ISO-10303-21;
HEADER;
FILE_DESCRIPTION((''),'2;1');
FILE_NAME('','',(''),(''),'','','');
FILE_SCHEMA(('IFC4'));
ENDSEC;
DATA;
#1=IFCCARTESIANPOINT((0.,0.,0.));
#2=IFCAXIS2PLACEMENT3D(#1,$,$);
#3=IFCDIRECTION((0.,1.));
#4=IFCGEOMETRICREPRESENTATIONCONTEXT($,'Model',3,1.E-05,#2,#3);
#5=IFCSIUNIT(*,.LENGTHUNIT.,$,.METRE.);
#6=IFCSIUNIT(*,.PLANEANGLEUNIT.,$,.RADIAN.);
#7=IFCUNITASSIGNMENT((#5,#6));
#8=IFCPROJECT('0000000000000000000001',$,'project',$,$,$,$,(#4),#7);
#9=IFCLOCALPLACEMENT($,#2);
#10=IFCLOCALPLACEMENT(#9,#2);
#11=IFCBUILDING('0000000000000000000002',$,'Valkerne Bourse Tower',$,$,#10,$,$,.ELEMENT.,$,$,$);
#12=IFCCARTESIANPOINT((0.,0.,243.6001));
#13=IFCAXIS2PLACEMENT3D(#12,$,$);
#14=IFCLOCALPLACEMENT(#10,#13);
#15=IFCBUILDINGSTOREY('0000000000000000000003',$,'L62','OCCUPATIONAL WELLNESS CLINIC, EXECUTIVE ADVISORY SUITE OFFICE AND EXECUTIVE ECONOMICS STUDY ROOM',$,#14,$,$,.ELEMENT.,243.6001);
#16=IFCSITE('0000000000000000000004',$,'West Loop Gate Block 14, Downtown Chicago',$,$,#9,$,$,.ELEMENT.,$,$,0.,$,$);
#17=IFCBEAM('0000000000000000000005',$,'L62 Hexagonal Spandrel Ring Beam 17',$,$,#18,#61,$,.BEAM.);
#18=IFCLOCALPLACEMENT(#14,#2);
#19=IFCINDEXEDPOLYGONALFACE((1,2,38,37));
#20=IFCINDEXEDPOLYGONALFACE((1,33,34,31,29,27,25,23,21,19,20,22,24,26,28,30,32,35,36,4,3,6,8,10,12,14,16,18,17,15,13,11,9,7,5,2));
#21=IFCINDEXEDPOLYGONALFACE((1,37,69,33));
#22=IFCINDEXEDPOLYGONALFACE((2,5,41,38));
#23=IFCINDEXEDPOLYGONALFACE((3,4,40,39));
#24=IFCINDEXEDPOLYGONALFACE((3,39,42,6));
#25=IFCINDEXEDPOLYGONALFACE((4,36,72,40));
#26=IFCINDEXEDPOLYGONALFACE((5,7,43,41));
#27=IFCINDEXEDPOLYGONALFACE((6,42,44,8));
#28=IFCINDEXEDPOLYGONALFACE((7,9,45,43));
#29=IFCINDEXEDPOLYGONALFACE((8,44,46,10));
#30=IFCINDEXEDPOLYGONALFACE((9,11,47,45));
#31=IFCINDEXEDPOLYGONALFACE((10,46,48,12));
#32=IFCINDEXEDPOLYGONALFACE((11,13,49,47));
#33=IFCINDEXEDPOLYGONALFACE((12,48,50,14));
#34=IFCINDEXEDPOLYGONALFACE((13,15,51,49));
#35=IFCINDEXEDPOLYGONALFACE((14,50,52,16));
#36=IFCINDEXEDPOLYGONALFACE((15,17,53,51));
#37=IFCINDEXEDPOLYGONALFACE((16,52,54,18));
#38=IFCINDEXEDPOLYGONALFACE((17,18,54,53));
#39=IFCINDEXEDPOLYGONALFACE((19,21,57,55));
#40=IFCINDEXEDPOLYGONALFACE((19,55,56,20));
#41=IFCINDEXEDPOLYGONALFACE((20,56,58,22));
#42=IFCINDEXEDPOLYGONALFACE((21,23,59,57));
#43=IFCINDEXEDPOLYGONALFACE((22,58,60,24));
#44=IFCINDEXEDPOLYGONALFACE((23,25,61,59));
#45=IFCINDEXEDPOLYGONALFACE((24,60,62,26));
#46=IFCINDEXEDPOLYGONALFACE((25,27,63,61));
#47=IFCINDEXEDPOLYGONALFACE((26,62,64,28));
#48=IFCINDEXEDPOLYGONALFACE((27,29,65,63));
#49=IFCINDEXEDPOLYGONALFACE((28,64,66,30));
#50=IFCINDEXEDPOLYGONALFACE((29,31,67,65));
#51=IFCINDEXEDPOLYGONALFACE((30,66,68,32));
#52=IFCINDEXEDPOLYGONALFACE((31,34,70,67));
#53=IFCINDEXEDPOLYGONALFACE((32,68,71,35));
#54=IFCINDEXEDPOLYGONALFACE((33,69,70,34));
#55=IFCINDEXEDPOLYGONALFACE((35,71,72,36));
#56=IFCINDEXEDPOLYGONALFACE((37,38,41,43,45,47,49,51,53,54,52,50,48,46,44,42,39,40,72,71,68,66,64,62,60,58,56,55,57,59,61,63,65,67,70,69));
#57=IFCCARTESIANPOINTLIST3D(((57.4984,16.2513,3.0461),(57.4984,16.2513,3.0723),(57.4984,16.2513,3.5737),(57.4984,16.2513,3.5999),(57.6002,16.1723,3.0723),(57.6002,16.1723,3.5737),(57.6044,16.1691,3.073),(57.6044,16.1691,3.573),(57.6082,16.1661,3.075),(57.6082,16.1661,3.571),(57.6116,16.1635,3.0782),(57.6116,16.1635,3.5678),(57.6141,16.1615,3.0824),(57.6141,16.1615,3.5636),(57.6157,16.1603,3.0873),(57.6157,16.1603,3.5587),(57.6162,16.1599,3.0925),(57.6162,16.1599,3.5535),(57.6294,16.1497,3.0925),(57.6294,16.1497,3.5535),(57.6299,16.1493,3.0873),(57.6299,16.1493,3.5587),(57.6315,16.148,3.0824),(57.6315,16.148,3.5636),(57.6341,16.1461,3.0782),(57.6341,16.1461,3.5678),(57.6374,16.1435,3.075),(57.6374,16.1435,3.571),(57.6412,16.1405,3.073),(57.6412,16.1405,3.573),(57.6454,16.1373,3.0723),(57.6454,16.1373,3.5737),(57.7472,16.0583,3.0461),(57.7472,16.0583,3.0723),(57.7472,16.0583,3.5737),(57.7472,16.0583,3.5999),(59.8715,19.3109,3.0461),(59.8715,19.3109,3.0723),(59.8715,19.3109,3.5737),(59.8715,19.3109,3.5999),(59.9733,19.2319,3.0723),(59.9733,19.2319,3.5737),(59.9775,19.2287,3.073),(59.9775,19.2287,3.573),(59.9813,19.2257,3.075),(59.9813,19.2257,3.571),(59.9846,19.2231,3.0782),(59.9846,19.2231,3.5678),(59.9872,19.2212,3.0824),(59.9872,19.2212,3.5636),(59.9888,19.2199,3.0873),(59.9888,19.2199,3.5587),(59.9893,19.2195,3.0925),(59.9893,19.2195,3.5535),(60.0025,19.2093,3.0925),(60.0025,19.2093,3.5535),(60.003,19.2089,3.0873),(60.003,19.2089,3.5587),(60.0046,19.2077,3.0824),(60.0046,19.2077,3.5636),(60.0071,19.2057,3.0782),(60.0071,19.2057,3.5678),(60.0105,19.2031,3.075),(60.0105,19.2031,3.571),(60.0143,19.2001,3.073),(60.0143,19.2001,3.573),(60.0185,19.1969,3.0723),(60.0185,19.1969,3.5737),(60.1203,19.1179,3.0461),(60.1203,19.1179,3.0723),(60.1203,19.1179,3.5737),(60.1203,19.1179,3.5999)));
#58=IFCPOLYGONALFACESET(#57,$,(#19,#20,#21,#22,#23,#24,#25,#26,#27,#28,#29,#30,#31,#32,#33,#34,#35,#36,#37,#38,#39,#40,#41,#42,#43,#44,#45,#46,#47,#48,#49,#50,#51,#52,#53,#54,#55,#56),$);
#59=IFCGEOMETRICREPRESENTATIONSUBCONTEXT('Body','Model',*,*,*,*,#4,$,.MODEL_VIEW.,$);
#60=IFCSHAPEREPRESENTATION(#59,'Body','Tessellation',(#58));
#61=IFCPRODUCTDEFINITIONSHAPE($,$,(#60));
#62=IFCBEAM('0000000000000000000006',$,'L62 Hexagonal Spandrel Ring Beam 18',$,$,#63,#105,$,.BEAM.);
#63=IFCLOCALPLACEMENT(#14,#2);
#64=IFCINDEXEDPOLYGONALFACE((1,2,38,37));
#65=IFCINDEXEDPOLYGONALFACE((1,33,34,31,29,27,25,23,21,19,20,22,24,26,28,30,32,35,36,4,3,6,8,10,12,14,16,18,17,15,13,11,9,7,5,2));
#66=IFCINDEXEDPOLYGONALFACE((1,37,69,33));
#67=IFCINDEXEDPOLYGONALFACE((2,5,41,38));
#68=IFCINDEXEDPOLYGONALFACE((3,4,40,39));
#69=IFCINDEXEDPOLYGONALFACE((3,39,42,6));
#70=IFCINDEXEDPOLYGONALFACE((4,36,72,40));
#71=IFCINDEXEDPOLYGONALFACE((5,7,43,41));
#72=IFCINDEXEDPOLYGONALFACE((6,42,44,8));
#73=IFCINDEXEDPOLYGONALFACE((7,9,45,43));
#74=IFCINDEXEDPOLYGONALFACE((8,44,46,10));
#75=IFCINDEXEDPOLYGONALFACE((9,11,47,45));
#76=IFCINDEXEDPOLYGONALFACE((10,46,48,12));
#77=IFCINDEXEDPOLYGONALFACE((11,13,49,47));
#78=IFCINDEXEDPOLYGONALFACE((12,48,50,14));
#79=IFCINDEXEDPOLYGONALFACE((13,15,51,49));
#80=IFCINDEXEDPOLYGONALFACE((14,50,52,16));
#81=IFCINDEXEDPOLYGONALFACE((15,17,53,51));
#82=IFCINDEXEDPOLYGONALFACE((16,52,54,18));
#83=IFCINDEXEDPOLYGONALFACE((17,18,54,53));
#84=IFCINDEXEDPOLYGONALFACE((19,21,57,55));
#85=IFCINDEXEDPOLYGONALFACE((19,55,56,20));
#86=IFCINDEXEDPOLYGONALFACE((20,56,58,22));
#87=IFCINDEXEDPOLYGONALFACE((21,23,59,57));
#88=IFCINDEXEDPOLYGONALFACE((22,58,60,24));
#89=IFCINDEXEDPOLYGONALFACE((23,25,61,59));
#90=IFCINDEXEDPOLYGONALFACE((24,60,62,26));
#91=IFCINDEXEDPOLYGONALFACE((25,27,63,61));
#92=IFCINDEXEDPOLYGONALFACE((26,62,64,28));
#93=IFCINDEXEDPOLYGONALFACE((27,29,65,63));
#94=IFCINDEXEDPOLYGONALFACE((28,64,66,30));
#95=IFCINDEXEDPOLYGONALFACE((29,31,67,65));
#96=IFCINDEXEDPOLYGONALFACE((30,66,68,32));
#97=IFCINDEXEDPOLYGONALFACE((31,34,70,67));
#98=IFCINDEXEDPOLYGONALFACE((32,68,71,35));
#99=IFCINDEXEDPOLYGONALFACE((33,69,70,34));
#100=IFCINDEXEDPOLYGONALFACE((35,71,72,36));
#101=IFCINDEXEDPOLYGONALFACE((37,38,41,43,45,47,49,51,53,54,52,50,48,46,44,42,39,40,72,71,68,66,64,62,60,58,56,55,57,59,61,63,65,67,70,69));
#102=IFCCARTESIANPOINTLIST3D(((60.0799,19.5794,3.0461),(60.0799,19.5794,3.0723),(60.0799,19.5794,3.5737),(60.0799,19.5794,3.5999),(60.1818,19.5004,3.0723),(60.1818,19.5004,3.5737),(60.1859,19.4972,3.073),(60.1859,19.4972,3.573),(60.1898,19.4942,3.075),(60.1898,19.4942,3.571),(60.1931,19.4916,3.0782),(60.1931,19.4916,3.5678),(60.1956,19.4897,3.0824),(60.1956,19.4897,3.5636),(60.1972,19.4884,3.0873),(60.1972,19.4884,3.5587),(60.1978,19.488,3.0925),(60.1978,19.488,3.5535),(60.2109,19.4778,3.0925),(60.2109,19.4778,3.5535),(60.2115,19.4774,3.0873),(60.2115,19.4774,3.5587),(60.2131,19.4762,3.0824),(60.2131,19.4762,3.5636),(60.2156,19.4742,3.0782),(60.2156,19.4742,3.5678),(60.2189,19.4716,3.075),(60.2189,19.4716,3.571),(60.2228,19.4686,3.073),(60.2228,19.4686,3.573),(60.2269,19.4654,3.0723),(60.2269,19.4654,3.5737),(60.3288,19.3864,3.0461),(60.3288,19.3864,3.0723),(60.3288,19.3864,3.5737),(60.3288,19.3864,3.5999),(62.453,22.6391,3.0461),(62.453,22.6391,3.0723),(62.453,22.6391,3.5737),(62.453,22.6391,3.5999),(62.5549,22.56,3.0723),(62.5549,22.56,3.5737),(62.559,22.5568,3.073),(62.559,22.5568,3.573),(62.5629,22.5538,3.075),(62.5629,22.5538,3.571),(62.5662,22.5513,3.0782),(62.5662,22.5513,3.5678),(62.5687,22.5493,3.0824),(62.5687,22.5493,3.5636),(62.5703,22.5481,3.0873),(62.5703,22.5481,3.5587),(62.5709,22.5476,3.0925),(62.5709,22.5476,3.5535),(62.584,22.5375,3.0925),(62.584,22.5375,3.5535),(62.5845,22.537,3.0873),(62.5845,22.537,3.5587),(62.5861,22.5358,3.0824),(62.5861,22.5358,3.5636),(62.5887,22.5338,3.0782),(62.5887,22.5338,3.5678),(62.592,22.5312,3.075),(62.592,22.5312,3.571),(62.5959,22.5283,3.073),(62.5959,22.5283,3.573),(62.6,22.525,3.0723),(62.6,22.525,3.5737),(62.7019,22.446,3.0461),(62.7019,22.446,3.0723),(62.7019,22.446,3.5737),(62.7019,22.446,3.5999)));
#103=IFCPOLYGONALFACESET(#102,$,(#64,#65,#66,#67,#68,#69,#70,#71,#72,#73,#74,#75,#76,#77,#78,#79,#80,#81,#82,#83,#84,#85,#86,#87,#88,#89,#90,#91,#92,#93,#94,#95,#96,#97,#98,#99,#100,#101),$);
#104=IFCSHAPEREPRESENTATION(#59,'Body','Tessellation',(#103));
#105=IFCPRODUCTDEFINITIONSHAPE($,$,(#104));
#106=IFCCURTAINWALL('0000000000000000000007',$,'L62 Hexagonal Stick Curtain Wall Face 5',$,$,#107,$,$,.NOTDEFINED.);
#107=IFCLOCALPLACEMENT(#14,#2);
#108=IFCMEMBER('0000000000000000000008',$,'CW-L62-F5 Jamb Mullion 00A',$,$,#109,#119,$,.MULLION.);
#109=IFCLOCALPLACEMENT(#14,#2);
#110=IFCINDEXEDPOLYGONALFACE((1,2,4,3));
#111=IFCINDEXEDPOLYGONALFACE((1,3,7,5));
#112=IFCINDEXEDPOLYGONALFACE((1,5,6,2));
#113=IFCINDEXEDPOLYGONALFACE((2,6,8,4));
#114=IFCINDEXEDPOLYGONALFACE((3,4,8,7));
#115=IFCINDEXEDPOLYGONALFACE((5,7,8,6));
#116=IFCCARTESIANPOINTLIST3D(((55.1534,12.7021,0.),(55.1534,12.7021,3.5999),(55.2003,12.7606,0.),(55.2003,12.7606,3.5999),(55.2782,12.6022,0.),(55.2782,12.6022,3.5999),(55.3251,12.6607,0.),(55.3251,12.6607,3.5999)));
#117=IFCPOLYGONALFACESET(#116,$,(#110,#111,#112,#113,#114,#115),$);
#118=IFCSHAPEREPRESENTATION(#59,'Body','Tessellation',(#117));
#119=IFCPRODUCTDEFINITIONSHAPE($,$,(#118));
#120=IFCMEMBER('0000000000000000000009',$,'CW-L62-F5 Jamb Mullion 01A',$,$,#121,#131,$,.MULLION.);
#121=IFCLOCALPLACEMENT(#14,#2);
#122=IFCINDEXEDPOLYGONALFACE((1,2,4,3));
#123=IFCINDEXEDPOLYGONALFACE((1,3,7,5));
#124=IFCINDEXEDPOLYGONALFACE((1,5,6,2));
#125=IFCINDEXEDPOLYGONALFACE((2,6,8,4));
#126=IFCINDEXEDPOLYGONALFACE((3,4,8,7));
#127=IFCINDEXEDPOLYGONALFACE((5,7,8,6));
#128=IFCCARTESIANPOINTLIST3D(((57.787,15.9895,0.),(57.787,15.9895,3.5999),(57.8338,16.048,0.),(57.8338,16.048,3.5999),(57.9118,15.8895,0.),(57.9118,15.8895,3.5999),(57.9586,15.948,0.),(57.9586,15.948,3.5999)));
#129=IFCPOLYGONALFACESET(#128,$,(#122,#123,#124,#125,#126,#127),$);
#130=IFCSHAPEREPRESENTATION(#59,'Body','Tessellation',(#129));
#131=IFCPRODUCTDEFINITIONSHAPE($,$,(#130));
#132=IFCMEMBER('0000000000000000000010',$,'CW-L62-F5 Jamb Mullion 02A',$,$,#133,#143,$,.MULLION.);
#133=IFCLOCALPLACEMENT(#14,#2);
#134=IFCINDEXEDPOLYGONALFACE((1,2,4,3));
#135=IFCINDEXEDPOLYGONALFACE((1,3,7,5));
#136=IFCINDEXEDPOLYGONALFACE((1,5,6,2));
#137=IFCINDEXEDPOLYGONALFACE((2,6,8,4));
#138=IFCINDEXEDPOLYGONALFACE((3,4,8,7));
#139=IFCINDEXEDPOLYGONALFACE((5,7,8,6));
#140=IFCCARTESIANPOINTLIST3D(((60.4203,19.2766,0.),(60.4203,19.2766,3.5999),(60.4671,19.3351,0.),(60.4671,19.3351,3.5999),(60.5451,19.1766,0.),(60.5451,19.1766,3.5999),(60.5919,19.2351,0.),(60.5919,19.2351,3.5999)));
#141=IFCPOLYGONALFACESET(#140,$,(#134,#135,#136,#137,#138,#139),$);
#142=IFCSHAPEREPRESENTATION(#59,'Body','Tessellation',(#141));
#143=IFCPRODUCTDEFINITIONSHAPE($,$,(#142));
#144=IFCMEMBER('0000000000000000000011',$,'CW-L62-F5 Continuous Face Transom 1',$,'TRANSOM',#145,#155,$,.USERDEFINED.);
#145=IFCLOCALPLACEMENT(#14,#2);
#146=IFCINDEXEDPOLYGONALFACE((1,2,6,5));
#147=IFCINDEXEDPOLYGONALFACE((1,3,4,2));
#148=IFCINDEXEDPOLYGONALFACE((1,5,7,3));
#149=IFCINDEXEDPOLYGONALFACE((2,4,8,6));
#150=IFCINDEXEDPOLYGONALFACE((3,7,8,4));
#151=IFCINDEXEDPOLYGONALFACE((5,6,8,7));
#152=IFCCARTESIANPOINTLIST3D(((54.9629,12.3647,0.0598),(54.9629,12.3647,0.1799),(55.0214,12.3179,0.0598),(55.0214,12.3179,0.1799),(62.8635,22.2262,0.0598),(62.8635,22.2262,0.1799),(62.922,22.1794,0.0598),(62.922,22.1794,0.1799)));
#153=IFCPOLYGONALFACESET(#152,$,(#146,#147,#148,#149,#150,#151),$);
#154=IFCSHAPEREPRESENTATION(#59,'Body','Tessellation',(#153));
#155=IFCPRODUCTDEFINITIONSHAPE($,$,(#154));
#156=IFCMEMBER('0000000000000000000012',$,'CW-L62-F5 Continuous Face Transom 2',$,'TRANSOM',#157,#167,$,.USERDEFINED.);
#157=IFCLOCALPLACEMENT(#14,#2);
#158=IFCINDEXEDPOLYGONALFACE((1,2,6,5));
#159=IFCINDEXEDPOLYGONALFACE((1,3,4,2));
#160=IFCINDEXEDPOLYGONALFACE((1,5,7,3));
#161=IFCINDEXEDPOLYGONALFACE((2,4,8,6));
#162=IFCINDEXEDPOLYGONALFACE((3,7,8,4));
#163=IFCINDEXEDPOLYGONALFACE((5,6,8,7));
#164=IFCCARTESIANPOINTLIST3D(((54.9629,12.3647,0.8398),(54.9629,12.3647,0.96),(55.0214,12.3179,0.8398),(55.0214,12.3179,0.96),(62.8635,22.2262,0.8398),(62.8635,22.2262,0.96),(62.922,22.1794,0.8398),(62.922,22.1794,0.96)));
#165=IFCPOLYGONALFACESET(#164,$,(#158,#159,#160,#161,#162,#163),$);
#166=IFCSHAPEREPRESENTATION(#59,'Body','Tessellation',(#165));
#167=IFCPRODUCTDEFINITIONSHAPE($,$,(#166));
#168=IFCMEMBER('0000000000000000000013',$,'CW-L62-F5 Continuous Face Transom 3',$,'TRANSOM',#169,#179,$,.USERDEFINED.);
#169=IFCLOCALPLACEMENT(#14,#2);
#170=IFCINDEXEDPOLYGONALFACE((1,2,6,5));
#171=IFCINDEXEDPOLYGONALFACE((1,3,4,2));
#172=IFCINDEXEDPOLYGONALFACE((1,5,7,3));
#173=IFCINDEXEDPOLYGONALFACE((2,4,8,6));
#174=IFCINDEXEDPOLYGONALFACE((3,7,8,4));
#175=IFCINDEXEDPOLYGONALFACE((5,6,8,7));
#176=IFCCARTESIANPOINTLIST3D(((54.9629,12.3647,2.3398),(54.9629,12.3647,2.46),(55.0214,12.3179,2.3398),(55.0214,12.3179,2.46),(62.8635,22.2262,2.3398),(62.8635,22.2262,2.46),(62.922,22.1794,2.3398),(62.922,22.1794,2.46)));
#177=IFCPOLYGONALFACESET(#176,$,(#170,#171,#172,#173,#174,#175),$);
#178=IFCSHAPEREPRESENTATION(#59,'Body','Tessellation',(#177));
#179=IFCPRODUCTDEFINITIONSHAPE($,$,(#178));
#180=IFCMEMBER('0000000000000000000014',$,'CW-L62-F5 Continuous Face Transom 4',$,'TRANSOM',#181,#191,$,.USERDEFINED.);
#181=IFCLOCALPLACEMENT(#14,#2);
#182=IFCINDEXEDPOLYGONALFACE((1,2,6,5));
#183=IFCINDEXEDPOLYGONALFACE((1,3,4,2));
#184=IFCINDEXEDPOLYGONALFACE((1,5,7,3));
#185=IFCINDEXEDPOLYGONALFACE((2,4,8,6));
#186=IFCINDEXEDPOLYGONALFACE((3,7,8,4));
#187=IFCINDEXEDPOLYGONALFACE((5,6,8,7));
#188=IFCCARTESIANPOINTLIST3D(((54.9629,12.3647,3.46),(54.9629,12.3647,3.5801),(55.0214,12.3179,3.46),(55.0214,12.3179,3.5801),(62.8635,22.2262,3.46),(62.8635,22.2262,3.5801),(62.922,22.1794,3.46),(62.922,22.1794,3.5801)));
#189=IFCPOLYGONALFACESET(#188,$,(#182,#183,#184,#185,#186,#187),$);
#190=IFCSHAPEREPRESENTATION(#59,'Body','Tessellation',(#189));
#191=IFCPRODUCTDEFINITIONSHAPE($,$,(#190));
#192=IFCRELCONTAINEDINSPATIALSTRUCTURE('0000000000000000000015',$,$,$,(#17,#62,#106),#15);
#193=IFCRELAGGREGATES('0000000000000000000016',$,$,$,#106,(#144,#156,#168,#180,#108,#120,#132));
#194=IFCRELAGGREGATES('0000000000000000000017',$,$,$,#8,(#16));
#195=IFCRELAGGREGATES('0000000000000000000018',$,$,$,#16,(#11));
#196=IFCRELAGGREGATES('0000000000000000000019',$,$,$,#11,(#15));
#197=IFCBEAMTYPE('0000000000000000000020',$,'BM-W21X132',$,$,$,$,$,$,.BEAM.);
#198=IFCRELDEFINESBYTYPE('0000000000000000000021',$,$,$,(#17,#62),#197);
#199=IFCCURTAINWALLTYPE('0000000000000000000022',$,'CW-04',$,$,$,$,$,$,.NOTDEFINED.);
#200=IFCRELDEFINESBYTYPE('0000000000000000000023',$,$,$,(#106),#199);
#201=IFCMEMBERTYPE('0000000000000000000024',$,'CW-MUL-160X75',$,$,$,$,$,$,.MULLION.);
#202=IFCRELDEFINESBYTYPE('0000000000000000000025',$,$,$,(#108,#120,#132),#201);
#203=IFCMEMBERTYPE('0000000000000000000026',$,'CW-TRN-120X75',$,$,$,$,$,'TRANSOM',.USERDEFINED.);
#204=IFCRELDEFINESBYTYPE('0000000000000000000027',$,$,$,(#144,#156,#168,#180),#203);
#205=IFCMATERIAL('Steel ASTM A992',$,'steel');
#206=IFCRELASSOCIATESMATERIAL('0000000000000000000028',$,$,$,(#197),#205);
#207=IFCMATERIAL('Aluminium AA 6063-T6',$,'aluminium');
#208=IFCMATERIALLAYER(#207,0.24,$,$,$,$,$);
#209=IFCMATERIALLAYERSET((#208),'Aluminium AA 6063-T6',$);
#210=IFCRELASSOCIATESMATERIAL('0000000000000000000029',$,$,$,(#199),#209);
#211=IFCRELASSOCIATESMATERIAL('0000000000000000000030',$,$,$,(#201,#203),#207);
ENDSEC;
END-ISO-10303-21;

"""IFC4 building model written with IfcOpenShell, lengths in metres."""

from ifc_helpers import new_model, si_unit, direction, frame, origin, origin_2d, place, context, subcontext, project, spatial, rectangle, i_section, extrude, material, layer, layer_set, material_profile, profile_set, type_object, element, aggregate, save


model = new_model("IFC4")

# Units and contexts
model_context = context("Model", 3, precision=1e-05, world=origin(), true_north=direction((0.0, 1.0)))
body_context = subcontext(model_context, "Body", "Model", "MODEL_VIEW")
ifc_project = project(units=[si_unit("LENGTHUNIT", "METRE"), si_unit("PLANEANGLEUNIT", "RADIAN")], contexts=[model_context])

# Site, building, storey
site_placement = place(None, origin())
site = spatial("IfcSite", under=ifc_project, at=site_placement, Name="West Loop Gate Block 14, Downtown Chicago", CompositionType="ELEMENT", RefElevation=0.0)
building_placement = place(site_placement, origin())
building = spatial("IfcBuilding", under=site, at=building_placement, Name="Valkerne Bourse Tower", CompositionType="ELEMENT")
storey_placement = place(building_placement, frame((0.0, 0.0, 243.6001)))
storey = spatial("IfcBuildingStorey", under=building, at=storey_placement, Name="L62", Description="OCCUPATIONAL WELLNESS CLINIC, EXECUTIVE ADVISORY SUITE OFFICE AND EXECUTIVE ECONOMICS STUDY ROOM", CompositionType="ELEMENT", Elevation=243.6001)

# Beams
ifc_material_1 = material(Name="Steel ASTM A992", Category="steel")
ifc_material_profile_1 = material_profile(ifc_material_1, i_section(OverallWidth=0.3149, OverallDepth=0.5537, WebThickness=0.0166, FlangeThickness=0.0261, FilletRadius=0.0203, at=origin_2d()), Name="W21X132")
ifc_profile_set_1 = profile_set([ifc_material_profile_1], Name="Steel ASTM A992")
beam_type = type_object("IfcBeamType", Name="BM-W21X132", PredefinedType="BEAM", material=ifc_profile_set_1)
for number, where, z_axis, x_axis, name in (
    (1, (57.6228, 16.1548, 3.323), (0.612875, 0.79018, 0.0), (-0.79018, 0.612875, 0.0), "L62 Hexagonal Spandrel Ring Beam 17"),
    (2, (60.2043, 19.4829, 3.323), (0.612875, 0.79018, 0.0), (-0.79018, 0.612875, 0.0), "L62 Hexagonal Spandrel Ring Beam 18"),
):
    element("IfcBeam", number, at=place(storey_placement, frame(where, z_axis=z_axis, x_axis=x_axis)), inside=storey, type_object=beam_type, Name=name, PredefinedType="BEAM", context=body_context, shape_type="SweptSolid", body=[
        extrude(i_section(OverallWidth=0.3149, OverallDepth=0.5537, WebThickness=0.0166, FlangeThickness=0.0261, FilletRadius=0.0203, at=origin_2d()), origin(), (0.0, 0.0, 1.0), 3.8721),
    ])

# Curtain wall, members
ifc_material_2 = material(Name="Aluminium AA 6063-T6", Category="aluminium")
ifc_layer_1 = layer(ifc_material_2, 0.24)
ifc_layer_set_1 = layer_set([ifc_layer_1], Name="Aluminium AA 6063-T6")
curtain_wall_type = type_object("IfcCurtainWallType", Name="CW-04", PredefinedType="NOTDEFINED", material=ifc_layer_set_1)
curtain_wall_placement = place(storey_placement, origin())
curtain_wall = element("IfcCurtainWall", 3, at=curtain_wall_placement, inside=storey, type_object=curtain_wall_type, Name="L62 Hexagonal Stick Curtain Wall Face 5", PredefinedType="NOTDEFINED")
ifc_material_profile_2 = material_profile(ifc_material_2, rectangle(XDim=0.075, YDim=0.1599, at=origin_2d()), Name="CWM-75X160")
ifc_profile_set_2 = profile_set([ifc_material_profile_2], Name="Aluminium AA 6063-T6")
member_type_1 = type_object("IfcMemberType", Name="CW-MUL-160X75", PredefinedType="MULLION", material=ifc_profile_set_2)
member_1_placement = place(storey_placement, frame((55.2393, 12.6814, 0.0), z_axis=(0.0, 0.0, 1.0), x_axis=(0.625236, 0.780435, 0.0)))
member_1 = element("IfcMember", 4, at=member_1_placement, type_object=member_type_1, Name="CW-L62-F5 Jamb Mullion 00A", PredefinedType="MULLION", context=body_context, shape_type="SweptSolid", body=[
    extrude(rectangle(XDim=0.075, YDim=0.1599, at=origin_2d()), origin(), (0.0, 0.0, 1.0), 3.5999),
])
member_2_placement = place(storey_placement, frame((57.8728, 15.9688, 0.0), z_axis=(0.0, 0.0, 1.0), x_axis=(0.625236, 0.780435, 0.0)))
member_2 = element("IfcMember", 5, at=member_2_placement, type_object=member_type_1, Name="CW-L62-F5 Jamb Mullion 01A", PredefinedType="MULLION", context=body_context, shape_type="SweptSolid", body=[
    extrude(rectangle(XDim=0.075, YDim=0.1599, at=origin_2d()), origin(), (0.0, 0.0, 1.0), 3.5999),
])
member_3_placement = place(storey_placement, frame((60.5061, 19.2559, 0.0), z_axis=(0.0, 0.0, 1.0), x_axis=(0.625236, 0.780435, 0.0)))
member_3 = element("IfcMember", 6, at=member_3_placement, type_object=member_type_1, Name="CW-L62-F5 Jamb Mullion 02A", PredefinedType="MULLION", context=body_context, shape_type="SweptSolid", body=[
    extrude(rectangle(XDim=0.075, YDim=0.1599, at=origin_2d()), origin(), (0.0, 0.0, 1.0), 3.5999),
])
ifc_material_profile_3 = material_profile(ifc_material_2, rectangle(XDim=0.075, YDim=0.1201, at=origin_2d()), Name="CWT-75X120")
ifc_profile_set_3 = profile_set([ifc_material_profile_3], Name="Aluminium AA 6063-T6")
member_type_2 = type_object("IfcMemberType", Name="CW-TRN-120X75", ElementType="TRANSOM", PredefinedType="USERDEFINED", material=ifc_profile_set_3)
member_4_placement = place(storey_placement, frame((54.9922, 12.3413, 0.1199), z_axis=(0.625244, 0.780429, 0.0), x_axis=(-0.780429, 0.625244, 0.0)))
member_4 = element("IfcMember", 7, at=member_4_placement, type_object=member_type_2, Name="CW-L62-F5 Continuous Face Transom 1", ObjectType="TRANSOM", PredefinedType="USERDEFINED", context=body_context, shape_type="SweptSolid", body=[
    extrude(rectangle(XDim=0.075, YDim=0.1201, at=origin_2d()), origin(), (0.0, 0.0, 1.0), 12.636),
])
member_5_placement = place(storey_placement, frame((54.9922, 12.3413, 0.8999), z_axis=(0.625244, 0.780429, 0.0), x_axis=(-0.780429, 0.625244, 0.0)))
member_5 = element("IfcMember", 8, at=member_5_placement, type_object=member_type_2, Name="CW-L62-F5 Continuous Face Transom 2", ObjectType="TRANSOM", PredefinedType="USERDEFINED", context=body_context, shape_type="SweptSolid", body=[
    extrude(rectangle(XDim=0.075, YDim=0.1201, at=origin_2d()), origin(), (0.0, 0.0, 1.0), 12.636),
])
member_6_placement = place(storey_placement, frame((54.9922, 12.3413, 2.3999), z_axis=(0.625244, 0.780429, 0.0), x_axis=(-0.780429, 0.625244, 0.0)))
member_6 = element("IfcMember", 9, at=member_6_placement, type_object=member_type_2, Name="CW-L62-F5 Continuous Face Transom 3", ObjectType="TRANSOM", PredefinedType="USERDEFINED", context=body_context, shape_type="SweptSolid", body=[
    extrude(rectangle(XDim=0.075, YDim=0.1201, at=origin_2d()), origin(), (0.0, 0.0, 1.0), 12.636),
])
member_7_placement = place(storey_placement, frame((54.9922, 12.3413, 3.52), z_axis=(0.625244, 0.780429, 0.0), x_axis=(-0.780429, 0.625244, 0.0)))
member_7 = element("IfcMember", 10, at=member_7_placement, type_object=member_type_2, Name="CW-L62-F5 Continuous Face Transom 4", ObjectType="TRANSOM", PredefinedType="USERDEFINED", context=body_context, shape_type="SweptSolid", body=[
    extrude(rectangle(XDim=0.075, YDim=0.1201, at=origin_2d()), origin(), (0.0, 0.0, 1.0), 12.636),
])

aggregate(curtain_wall, [member_4, member_5, member_6, member_7, member_1, member_2, member_3])

save(model, "model.ifc")
